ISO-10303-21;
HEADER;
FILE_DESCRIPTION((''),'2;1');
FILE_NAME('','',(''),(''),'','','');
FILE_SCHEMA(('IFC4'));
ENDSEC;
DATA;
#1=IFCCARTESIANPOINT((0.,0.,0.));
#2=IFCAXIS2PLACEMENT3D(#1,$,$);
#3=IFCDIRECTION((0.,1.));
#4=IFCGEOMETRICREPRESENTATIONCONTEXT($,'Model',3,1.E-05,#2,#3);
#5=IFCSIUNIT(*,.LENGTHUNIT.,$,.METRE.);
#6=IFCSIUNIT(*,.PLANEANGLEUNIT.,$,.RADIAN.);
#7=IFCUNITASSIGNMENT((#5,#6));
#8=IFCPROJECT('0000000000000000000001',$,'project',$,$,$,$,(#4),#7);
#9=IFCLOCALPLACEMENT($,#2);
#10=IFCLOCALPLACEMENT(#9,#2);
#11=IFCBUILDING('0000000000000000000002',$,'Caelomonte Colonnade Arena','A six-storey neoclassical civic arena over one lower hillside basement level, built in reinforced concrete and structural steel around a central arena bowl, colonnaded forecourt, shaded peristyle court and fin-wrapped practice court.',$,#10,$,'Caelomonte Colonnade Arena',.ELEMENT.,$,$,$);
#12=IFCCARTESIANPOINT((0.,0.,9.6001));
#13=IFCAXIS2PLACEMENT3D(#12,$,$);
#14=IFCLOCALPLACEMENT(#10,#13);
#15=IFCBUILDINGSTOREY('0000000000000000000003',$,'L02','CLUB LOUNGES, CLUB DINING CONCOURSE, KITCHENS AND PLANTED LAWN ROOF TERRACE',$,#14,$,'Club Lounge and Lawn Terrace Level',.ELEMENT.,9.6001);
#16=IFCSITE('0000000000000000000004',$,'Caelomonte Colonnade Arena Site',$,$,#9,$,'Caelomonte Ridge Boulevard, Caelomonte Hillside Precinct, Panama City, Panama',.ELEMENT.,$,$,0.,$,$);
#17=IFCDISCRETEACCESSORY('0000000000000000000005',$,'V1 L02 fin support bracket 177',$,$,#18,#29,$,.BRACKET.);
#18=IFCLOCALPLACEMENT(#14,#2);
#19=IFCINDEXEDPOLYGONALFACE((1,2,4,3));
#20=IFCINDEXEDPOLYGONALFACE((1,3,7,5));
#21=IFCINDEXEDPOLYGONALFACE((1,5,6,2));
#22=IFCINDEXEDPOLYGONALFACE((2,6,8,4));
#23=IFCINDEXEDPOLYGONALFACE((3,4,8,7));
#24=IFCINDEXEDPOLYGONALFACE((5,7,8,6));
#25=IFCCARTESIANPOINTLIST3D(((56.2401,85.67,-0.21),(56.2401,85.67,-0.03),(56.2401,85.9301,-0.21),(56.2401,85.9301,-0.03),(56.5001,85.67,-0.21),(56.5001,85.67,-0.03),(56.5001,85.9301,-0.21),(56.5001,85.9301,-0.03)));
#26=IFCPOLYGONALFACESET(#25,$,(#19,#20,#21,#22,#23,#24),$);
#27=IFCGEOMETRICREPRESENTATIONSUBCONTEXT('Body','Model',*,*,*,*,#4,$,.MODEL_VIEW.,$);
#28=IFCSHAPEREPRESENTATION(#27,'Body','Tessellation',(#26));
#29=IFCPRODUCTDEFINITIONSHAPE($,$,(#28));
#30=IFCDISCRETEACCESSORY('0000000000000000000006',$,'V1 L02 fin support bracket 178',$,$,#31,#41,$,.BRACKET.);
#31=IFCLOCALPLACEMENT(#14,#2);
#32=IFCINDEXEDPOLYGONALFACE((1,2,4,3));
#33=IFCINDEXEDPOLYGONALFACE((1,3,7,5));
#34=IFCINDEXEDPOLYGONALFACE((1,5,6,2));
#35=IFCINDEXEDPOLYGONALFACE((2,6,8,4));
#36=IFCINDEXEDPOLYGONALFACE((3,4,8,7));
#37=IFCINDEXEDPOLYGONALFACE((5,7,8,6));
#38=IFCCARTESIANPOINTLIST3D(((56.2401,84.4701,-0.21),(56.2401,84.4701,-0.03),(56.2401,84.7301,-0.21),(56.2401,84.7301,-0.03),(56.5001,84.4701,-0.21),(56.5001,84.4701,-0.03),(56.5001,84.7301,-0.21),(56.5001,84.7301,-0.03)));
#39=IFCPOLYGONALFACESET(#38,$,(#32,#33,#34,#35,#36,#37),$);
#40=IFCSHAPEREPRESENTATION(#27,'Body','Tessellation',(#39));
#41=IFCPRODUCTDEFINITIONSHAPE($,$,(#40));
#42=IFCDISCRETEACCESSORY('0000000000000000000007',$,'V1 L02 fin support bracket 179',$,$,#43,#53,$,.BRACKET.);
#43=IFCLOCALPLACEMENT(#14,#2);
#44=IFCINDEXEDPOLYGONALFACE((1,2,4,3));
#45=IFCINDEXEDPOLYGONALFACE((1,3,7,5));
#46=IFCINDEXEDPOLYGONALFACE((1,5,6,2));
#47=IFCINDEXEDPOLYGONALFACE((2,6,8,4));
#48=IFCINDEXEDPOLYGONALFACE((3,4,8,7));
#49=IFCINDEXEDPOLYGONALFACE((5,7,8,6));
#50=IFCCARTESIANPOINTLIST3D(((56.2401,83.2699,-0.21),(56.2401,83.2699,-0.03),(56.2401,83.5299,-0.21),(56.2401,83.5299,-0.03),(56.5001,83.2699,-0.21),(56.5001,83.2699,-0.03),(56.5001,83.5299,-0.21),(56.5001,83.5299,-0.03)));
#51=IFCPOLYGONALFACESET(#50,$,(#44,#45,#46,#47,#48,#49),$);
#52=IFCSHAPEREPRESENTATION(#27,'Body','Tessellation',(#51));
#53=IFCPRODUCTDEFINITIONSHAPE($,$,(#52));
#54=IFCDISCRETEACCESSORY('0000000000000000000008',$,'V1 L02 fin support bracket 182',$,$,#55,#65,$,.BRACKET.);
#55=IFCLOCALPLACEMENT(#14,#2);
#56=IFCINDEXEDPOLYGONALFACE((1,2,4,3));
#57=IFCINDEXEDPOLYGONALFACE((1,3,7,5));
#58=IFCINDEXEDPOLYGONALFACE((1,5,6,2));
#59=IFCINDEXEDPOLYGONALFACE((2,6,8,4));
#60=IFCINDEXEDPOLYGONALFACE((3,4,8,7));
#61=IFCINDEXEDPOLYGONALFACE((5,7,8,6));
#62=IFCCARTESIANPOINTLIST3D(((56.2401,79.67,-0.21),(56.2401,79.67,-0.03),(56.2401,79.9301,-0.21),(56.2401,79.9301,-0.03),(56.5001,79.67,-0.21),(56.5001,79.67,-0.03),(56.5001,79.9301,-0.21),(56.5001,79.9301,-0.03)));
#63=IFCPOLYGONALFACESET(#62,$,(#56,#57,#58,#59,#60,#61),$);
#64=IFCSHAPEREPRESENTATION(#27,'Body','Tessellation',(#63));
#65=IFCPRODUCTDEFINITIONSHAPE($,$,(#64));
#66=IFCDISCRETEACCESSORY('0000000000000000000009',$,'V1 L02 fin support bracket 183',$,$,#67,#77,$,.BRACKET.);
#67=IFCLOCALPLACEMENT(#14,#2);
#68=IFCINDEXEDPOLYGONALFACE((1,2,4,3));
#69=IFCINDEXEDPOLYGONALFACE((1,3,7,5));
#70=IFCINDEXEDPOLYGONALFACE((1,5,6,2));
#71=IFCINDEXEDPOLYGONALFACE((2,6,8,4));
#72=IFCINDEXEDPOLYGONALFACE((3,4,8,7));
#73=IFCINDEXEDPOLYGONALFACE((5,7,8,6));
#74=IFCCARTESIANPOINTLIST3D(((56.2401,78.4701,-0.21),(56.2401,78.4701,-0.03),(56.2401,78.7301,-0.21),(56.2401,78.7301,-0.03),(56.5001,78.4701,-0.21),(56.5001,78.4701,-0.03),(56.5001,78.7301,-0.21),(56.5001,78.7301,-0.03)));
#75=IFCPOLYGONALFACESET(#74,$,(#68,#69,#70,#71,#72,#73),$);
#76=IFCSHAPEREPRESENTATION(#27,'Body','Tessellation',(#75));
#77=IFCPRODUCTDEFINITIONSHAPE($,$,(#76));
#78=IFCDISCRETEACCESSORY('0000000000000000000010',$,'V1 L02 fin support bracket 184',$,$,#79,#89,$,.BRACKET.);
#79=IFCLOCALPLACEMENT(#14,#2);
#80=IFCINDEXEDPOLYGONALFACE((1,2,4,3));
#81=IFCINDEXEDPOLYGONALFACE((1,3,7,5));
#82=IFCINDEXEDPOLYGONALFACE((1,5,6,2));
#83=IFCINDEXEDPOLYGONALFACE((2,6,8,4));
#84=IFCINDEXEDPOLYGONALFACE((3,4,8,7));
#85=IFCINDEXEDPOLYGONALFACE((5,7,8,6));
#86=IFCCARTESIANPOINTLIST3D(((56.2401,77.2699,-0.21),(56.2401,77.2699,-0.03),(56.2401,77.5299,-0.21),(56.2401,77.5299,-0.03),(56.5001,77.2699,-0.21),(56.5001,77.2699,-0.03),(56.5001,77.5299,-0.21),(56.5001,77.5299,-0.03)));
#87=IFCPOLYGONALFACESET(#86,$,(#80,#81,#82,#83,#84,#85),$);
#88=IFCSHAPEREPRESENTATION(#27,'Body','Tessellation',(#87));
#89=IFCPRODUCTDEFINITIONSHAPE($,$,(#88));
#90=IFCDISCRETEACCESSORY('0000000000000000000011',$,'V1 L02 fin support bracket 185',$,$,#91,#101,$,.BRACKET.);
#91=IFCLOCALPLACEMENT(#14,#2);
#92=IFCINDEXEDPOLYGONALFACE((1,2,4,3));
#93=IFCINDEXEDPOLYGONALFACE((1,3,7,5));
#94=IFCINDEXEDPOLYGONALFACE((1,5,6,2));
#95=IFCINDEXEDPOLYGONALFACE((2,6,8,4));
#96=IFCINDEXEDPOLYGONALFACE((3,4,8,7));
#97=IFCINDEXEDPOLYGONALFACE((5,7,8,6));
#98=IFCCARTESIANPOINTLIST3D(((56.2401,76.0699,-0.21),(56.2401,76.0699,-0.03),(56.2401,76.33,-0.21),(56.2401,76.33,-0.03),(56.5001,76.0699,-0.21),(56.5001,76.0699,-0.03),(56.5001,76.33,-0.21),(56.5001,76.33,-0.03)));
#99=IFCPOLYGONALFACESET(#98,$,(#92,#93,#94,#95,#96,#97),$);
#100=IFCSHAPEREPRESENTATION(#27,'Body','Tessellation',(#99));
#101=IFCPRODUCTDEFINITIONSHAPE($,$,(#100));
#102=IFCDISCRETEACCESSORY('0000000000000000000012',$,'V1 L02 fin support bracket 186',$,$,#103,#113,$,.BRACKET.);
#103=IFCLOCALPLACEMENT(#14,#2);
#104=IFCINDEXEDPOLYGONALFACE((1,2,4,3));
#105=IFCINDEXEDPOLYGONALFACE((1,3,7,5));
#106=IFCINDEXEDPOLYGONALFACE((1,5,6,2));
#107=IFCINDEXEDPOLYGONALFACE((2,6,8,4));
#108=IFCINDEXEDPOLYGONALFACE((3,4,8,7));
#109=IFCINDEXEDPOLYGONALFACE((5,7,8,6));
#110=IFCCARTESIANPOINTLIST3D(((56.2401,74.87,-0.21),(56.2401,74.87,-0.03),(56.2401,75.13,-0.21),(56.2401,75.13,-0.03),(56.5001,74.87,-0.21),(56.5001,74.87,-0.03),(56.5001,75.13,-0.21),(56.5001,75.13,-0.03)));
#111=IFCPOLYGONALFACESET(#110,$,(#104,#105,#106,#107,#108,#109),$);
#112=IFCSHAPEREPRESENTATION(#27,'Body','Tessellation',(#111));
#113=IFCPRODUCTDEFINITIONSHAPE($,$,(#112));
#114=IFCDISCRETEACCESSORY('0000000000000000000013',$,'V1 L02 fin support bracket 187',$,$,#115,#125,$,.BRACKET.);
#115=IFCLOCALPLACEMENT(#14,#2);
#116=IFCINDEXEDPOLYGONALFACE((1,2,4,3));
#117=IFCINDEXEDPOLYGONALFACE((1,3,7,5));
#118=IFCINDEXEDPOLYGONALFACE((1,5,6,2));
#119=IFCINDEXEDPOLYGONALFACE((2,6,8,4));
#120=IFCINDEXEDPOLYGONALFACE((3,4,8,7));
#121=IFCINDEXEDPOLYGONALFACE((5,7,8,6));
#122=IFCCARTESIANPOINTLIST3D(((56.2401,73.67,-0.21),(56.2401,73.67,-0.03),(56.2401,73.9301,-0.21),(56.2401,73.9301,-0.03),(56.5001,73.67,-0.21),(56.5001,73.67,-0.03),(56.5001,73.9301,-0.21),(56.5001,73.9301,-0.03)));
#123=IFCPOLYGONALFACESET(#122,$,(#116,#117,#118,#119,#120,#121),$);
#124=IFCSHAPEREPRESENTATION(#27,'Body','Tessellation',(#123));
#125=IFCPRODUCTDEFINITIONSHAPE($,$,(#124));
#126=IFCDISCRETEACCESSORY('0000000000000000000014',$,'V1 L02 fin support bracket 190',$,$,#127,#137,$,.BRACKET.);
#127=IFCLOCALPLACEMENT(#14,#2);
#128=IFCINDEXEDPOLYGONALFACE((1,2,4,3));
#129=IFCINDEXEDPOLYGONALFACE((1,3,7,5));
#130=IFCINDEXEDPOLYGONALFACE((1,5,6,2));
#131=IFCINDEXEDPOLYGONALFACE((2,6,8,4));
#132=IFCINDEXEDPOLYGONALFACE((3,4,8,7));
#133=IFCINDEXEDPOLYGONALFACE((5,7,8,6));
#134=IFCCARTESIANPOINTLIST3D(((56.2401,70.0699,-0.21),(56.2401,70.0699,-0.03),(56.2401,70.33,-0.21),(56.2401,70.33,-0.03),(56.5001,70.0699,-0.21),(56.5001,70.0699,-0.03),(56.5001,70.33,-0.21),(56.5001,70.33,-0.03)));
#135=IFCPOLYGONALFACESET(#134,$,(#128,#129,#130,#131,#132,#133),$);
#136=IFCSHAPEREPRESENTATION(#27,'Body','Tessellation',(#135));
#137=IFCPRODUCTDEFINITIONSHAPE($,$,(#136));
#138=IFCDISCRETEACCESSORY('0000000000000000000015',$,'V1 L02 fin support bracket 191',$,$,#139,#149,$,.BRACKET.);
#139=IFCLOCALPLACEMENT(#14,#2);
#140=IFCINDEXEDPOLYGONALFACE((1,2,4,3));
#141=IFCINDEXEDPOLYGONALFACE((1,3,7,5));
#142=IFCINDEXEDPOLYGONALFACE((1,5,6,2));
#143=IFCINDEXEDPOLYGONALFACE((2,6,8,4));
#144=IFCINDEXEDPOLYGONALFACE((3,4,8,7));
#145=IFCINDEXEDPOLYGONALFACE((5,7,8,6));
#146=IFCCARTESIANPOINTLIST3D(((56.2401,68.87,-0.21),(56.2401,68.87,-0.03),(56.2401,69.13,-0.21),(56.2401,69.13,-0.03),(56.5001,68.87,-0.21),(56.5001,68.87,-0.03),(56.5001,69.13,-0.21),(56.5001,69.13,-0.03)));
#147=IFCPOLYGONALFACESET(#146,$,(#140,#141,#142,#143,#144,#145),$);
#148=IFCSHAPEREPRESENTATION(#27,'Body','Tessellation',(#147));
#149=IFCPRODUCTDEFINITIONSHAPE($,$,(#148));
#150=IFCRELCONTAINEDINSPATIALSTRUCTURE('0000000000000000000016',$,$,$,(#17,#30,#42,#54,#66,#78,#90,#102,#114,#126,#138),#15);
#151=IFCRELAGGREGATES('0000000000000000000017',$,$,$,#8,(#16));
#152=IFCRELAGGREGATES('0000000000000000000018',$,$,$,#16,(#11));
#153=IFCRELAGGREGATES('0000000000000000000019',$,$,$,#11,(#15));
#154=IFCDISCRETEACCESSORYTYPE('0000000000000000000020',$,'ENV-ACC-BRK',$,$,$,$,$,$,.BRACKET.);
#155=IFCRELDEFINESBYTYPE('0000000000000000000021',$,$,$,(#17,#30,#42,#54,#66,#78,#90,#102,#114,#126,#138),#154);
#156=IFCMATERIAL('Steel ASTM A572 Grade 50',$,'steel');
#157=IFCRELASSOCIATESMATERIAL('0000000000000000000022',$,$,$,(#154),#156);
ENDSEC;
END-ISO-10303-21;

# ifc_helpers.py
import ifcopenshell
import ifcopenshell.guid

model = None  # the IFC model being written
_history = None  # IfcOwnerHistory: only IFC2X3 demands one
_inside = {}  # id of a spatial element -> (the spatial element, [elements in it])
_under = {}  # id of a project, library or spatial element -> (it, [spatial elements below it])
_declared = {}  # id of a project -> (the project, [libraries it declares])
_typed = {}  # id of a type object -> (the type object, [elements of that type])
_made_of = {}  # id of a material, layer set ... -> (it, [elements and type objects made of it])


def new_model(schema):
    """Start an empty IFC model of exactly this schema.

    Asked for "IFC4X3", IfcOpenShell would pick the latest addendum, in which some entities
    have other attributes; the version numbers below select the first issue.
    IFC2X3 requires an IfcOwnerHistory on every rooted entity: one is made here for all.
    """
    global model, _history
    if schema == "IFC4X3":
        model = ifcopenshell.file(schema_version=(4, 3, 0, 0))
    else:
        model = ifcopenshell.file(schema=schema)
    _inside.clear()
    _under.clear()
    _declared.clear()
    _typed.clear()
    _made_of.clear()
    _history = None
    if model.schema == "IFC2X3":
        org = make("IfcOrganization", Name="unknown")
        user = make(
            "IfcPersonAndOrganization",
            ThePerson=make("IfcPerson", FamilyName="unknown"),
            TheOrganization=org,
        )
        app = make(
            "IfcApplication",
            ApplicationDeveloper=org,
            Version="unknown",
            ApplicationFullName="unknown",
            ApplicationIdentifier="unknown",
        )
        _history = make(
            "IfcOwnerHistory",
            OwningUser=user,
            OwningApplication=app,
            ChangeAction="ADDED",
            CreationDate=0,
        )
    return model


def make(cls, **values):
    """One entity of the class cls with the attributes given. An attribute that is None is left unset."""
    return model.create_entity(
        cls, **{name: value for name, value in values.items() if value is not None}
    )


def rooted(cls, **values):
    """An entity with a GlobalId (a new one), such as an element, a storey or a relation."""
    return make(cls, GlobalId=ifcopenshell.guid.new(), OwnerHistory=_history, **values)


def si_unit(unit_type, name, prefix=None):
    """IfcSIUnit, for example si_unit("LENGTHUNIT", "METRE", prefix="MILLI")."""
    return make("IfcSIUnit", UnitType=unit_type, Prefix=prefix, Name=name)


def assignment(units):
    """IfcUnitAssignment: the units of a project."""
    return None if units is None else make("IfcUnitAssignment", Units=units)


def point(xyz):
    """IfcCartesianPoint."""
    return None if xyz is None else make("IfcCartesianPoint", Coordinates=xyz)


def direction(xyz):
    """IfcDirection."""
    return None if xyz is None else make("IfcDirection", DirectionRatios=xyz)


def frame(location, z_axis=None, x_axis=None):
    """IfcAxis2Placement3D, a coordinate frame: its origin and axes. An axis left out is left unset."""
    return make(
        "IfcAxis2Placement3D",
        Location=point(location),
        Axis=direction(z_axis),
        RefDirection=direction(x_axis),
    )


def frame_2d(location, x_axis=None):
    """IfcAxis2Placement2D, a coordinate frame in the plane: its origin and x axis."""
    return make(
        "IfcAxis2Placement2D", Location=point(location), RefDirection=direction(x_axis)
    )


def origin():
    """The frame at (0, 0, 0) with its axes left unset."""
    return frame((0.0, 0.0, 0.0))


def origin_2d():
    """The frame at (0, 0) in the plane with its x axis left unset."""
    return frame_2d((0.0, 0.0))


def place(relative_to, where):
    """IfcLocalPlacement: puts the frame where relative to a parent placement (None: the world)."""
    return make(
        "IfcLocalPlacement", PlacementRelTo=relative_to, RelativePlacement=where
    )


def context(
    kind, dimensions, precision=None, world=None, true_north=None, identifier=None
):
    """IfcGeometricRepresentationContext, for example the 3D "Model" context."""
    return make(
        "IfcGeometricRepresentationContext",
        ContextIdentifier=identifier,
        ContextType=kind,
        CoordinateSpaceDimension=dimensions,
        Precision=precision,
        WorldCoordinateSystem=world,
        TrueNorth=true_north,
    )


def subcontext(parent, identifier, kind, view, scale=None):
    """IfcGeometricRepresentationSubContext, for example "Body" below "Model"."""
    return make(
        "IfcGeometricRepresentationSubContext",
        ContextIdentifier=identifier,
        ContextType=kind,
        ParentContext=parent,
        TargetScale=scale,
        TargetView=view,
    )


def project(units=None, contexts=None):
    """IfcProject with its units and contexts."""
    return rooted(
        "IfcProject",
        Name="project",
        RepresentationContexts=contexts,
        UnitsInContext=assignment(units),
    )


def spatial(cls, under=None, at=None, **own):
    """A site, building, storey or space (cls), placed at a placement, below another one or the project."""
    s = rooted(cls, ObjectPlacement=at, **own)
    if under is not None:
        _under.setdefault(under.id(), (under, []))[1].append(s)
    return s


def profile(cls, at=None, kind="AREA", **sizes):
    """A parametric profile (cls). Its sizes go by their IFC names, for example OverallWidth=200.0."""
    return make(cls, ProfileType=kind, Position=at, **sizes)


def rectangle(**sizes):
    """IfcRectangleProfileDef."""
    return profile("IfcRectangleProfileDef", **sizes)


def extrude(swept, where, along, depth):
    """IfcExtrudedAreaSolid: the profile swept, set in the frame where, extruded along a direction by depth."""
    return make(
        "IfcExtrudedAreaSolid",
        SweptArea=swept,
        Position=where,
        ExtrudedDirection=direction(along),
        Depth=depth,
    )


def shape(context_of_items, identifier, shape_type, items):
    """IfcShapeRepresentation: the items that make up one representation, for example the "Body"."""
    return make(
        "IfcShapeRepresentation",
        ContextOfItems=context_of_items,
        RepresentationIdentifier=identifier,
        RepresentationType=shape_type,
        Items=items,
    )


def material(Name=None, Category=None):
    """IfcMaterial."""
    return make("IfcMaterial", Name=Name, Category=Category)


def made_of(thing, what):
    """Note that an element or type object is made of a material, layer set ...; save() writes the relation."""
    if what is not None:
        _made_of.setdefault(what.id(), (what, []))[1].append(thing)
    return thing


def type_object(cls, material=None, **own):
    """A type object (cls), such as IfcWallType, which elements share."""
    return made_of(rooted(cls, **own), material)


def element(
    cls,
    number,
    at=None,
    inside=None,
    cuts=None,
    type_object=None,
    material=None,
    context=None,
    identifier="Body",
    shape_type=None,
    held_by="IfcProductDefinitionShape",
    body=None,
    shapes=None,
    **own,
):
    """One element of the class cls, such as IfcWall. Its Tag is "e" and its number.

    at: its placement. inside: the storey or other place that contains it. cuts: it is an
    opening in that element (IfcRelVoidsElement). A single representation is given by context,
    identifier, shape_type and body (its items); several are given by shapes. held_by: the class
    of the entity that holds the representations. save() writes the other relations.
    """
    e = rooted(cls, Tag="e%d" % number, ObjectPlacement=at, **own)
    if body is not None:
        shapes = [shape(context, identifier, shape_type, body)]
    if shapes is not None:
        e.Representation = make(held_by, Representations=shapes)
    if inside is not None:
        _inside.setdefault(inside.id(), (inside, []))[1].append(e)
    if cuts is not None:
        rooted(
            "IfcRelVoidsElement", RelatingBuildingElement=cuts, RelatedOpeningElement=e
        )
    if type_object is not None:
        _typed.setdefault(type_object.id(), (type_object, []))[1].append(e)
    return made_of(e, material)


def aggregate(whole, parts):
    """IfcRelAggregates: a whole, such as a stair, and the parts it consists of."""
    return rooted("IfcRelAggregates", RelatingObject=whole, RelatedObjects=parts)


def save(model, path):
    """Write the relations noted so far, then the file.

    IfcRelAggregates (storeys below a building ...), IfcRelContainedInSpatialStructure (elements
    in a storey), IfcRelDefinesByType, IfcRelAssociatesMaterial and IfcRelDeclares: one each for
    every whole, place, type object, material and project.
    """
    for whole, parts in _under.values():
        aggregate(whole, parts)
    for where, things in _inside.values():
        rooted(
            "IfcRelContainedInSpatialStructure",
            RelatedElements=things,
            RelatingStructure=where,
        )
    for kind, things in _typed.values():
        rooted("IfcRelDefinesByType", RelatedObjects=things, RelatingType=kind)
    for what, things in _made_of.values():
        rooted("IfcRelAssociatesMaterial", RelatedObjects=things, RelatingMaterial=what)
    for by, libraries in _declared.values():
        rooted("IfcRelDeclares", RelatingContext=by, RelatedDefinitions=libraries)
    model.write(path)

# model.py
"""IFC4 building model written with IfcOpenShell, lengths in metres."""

from ifc_helpers import new_model, si_unit, direction, frame, origin, origin_2d, place, context, subcontext, project, spatial, rectangle, extrude, material, type_object, element, save


model = new_model("IFC4")

# Units and contexts
model_context = context("Model", 3, precision=1e-05, world=origin(), true_north=direction((0.0, 1.0)))
body_context = subcontext(model_context, "Body", "Model", "MODEL_VIEW")
ifc_project = project(units=[si_unit("LENGTHUNIT", "METRE"), si_unit("PLANEANGLEUNIT", "RADIAN")], contexts=[model_context])

# Site, building, storey
site_placement = place(None, origin())
site = spatial("IfcSite", under=ifc_project, at=site_placement, Name="Caelomonte Colonnade Arena Site", LongName="Caelomonte Ridge Boulevard, Caelomonte Hillside Precinct, Panama City, Panama", CompositionType="ELEMENT", RefElevation=0.0)
building_placement = place(site_placement, origin())
building = spatial("IfcBuilding", under=site, at=building_placement, Name="Caelomonte Colonnade Arena", Description="A six-storey neoclassical civic arena over one lower hillside basement level, built in reinforced concrete and structural steel around a central arena bowl, colonnaded forecourt, shaded peristyle court and fin-wrapped practice court.", LongName="Caelomonte Colonnade Arena", CompositionType="ELEMENT")
storey_placement = place(building_placement, frame((0.0, 0.0, 9.6001)))
storey = spatial("IfcBuildingStorey", under=building, at=storey_placement, Name="L02", Description="CLUB LOUNGES, CLUB DINING CONCOURSE, KITCHENS AND PLANTED LAWN ROOF TERRACE", LongName="Club Lounge and Lawn Terrace Level", CompositionType="ELEMENT", Elevation=9.6001)

# Discrete accessories
ifc_material_1 = material(Name="Steel ASTM A572 Grade 50", Category="steel")
discrete_accessory_type = type_object("IfcDiscreteAccessoryType", Name="ENV-ACC-BRK", PredefinedType="BRACKET", material=ifc_material_1)
for number, where, z_axis, x_axis, name in (
    (1, (56.3701, 85.8, -0.21), (0.0, 0.0, 1.0), (0.0, -1.0, 0.0), "V1 L02 fin support bracket 177"),
    (2, (56.3701, 84.6001, -0.21), (0.0, 0.0, 1.0), (0.0, -1.0, 0.0), "V1 L02 fin support bracket 178"),
    (3, (56.3701, 83.3999, -0.21), (0.0, 0.0, 1.0), (0.0, -1.0, 0.0), "V1 L02 fin support bracket 179"),
    (4, (56.3701, 79.8, -0.21), (0.0, 0.0, 1.0), (0.0, -1.0, 0.0), "V1 L02 fin support bracket 182"),
    (5, (56.3701, 78.6001, -0.21), (0.0, 0.0, 1.0), (0.0, -1.0, 0.0), "V1 L02 fin support bracket 183"),
    (6, (56.3701, 77.3999, -0.21), (0.0, 0.0, 1.0), (0.0, -1.0, 0.0), "V1 L02 fin support bracket 184"),
    (7, (56.3701, 76.2, -0.21), (0.0, 0.0, 1.0), (0.0, -1.0, 0.0), "V1 L02 fin support bracket 185"),
    (8, (56.3701, 75.0, -0.21), (0.0, 0.0, 1.0), (0.0, -1.0, 0.0), "V1 L02 fin support bracket 186"),
    (9, (56.3701, 73.8, -0.21), (0.0, 0.0, 1.0), (0.0, -1.0, 0.0), "V1 L02 fin support bracket 187"),
    (10, (56.3701, 70.2, -0.21), (0.0, 0.0, 1.0), (0.0, -1.0, 0.0), "V1 L02 fin support bracket 190"),
    (11, (56.3701, 69.0, -0.21), (0.0, 0.0, 1.0), (0.0, -1.0, 0.0), "V1 L02 fin support bracket 191"),
):
    element("IfcDiscreteAccessory", number, at=place(storey_placement, frame(where, z_axis=z_axis, x_axis=x_axis)), inside=storey, type_object=discrete_accessory_type, Name=name, PredefinedType="BRACKET", context=body_context, shape_type="SweptSolid", body=[
        extrude(rectangle(XDim=0.26, YDim=0.26, at=origin_2d()), origin(), (0.0, 0.0, 1.0), 0.1799),
    ])

save(model, "model.ifc")
